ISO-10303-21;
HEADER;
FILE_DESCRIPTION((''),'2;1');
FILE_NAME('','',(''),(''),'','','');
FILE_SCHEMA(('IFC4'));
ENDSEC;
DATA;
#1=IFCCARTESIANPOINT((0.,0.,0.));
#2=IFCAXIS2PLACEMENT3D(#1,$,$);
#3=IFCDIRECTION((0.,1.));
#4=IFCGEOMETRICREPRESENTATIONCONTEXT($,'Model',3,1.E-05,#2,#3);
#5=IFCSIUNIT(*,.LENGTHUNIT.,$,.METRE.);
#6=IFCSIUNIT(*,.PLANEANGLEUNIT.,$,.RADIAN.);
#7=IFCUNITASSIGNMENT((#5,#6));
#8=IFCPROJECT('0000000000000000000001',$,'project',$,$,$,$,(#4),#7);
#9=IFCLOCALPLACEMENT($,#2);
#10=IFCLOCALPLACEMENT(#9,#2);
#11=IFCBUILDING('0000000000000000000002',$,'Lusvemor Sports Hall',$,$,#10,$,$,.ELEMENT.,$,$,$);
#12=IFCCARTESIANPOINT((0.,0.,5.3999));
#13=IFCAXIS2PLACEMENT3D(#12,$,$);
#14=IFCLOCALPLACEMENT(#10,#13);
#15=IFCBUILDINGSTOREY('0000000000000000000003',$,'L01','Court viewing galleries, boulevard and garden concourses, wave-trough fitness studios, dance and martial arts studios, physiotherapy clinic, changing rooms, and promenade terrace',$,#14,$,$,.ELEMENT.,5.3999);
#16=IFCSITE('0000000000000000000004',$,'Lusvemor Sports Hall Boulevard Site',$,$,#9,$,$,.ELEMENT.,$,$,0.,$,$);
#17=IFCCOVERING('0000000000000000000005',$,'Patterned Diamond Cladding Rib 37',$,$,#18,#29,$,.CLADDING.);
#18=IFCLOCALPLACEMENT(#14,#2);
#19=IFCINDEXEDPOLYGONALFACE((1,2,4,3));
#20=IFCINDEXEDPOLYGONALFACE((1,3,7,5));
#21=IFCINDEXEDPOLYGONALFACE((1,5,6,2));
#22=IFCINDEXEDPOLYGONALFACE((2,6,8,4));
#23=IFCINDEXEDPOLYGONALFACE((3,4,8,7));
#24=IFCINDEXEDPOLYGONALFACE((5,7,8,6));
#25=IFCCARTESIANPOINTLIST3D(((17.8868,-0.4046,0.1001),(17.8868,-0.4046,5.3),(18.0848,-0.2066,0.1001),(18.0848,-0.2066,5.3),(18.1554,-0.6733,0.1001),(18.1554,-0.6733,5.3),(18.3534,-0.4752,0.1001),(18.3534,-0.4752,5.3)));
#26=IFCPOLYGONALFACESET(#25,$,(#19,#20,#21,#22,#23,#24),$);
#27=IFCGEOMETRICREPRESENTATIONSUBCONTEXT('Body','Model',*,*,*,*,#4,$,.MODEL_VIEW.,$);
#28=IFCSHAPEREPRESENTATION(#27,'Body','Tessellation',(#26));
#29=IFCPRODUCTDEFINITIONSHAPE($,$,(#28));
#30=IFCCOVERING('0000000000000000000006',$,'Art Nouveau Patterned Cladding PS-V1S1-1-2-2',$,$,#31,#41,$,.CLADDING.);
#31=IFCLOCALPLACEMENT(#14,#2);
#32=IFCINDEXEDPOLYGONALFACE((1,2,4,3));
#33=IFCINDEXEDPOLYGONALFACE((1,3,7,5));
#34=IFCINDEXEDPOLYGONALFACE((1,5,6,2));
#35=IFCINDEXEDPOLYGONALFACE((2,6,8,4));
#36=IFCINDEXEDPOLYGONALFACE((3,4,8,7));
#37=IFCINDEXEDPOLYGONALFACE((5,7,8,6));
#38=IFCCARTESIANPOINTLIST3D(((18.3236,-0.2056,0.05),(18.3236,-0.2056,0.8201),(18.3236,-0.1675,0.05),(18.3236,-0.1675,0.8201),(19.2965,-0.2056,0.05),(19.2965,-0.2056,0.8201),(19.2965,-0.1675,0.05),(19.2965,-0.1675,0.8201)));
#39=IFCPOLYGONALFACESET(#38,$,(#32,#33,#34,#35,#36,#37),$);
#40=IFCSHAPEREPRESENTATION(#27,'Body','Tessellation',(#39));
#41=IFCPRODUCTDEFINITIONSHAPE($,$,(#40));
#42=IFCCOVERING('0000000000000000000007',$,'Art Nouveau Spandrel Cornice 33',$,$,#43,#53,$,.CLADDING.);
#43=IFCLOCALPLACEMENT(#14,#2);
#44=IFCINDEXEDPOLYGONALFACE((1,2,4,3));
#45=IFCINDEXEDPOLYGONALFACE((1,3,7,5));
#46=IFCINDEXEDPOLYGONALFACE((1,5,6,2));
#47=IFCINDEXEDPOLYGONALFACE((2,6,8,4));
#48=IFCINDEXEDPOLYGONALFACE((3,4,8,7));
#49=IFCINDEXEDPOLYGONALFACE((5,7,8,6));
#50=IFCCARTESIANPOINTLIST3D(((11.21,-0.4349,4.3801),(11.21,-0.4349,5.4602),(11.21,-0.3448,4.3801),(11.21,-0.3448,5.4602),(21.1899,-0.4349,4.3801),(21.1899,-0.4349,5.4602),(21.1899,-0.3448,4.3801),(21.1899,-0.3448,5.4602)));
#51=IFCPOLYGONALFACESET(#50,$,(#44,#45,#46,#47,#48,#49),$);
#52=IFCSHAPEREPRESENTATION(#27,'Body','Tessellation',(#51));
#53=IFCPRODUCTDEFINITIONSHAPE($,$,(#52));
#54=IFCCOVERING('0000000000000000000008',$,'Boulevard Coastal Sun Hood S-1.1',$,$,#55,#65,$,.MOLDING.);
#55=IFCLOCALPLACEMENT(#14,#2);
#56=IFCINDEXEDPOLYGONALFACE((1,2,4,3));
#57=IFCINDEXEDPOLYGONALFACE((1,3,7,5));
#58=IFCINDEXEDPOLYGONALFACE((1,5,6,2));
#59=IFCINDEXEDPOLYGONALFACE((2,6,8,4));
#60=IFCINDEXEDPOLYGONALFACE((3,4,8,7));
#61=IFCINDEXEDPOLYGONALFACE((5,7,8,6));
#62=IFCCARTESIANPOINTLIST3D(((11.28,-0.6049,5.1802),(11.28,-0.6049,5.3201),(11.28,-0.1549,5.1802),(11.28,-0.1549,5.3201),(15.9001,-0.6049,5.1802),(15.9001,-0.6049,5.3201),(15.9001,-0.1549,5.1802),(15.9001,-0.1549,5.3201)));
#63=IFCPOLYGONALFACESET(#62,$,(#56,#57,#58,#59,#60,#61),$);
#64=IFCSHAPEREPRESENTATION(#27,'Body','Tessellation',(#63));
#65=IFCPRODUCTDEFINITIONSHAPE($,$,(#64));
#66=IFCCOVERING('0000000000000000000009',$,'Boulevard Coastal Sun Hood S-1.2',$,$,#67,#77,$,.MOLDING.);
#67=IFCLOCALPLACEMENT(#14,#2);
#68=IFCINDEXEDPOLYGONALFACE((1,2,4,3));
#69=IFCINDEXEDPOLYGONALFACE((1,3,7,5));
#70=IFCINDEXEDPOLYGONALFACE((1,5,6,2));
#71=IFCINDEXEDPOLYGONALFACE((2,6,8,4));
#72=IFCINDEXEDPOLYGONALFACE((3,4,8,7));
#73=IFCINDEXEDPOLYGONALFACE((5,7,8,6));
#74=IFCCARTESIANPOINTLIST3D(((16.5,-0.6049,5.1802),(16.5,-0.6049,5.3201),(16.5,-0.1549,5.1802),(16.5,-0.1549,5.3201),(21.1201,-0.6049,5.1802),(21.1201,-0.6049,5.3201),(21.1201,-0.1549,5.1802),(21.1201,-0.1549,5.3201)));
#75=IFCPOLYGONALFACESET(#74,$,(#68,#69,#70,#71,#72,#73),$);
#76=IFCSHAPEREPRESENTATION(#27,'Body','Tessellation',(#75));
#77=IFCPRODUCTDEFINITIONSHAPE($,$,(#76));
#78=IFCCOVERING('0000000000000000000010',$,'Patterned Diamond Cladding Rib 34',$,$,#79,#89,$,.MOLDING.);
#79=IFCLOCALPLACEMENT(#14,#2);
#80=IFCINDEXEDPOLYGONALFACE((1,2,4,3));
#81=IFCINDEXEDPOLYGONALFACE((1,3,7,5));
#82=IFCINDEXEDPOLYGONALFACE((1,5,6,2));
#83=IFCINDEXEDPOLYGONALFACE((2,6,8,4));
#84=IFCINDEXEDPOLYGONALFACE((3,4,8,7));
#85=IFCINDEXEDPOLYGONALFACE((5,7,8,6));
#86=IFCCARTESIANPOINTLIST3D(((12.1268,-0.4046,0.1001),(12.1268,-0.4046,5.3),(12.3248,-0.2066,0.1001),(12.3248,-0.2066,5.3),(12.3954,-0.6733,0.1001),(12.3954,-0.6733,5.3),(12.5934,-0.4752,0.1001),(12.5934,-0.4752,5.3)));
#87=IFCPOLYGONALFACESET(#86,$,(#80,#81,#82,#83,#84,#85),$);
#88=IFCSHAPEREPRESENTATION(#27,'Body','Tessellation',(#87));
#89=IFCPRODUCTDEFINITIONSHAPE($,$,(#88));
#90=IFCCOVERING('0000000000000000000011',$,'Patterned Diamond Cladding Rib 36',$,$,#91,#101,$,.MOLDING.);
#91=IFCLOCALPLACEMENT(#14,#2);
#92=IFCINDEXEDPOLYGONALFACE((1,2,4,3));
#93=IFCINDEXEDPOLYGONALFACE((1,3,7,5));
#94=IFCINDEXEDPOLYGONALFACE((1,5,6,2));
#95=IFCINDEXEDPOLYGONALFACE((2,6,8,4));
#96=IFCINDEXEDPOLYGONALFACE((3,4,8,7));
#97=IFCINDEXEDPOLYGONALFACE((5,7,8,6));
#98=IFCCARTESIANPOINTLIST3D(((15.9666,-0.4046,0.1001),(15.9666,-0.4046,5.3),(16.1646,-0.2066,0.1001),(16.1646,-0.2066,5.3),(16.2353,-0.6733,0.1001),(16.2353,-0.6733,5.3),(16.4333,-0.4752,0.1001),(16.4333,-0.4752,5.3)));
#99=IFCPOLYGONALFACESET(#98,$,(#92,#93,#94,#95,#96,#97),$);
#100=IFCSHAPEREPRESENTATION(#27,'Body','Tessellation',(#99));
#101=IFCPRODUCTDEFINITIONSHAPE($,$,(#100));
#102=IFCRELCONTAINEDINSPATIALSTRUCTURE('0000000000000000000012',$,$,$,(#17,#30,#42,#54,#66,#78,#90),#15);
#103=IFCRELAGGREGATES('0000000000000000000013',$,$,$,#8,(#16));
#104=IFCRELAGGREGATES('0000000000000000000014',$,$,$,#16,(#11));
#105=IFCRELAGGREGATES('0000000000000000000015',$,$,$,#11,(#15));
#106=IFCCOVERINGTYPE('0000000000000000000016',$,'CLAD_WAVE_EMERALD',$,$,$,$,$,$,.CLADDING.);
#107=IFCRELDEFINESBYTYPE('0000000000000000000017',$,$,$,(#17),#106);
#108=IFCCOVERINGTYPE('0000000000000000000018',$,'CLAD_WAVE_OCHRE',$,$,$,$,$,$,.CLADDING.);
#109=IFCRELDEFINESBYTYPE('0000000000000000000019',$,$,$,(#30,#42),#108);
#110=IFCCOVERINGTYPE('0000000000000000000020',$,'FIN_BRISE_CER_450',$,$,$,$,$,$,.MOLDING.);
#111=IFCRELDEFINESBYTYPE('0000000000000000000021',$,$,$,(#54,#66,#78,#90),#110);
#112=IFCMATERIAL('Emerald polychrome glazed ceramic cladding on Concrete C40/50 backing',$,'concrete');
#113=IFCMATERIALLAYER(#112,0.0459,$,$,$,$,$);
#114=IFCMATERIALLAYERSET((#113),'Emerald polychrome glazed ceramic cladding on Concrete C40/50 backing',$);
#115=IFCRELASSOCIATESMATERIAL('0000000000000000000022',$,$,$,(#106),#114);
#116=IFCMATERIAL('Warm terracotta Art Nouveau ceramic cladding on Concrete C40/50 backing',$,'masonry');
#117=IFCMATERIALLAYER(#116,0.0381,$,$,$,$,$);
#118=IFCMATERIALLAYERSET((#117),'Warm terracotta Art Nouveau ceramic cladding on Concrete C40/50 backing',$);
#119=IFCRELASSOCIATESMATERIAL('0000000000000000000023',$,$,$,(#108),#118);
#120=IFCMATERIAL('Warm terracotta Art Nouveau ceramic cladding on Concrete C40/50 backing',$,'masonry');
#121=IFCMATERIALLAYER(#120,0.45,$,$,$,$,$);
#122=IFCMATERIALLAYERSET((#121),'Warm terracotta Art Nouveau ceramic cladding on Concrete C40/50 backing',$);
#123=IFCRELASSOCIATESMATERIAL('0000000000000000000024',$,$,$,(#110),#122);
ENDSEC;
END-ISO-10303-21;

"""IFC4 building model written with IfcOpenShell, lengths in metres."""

from ifc_helpers import new_model, si_unit, direction, frame, origin, origin_2d, place, context, subcontext, project, spatial, rectangle, extrude, material, layer, layer_set, type_object, element, save


model = new_model("IFC4")

# Units and contexts
model_context = context("Model", 3, precision=1e-05, world=origin(), true_north=direction((0.0, 1.0)))
body_context = subcontext(model_context, "Body", "Model", "MODEL_VIEW")
ifc_project = project(units=[si_unit("LENGTHUNIT", "METRE"), si_unit("PLANEANGLEUNIT", "RADIAN")], contexts=[model_context])

# Site, building, storey
site_placement = place(None, origin())
site = spatial("IfcSite", under=ifc_project, at=site_placement, Name="Lusvemor Sports Hall Boulevard Site", CompositionType="ELEMENT", RefElevation=0.0)
building_placement = place(site_placement, origin())
building = spatial("IfcBuilding", under=site, at=building_placement, Name="Lusvemor Sports Hall", CompositionType="ELEMENT")
storey_placement = place(building_placement, frame((0.0, 0.0, 5.3999)))
storey = spatial("IfcBuildingStorey", under=building, at=storey_placement, Name="L01", Description="Court viewing galleries, boulevard and garden concourses, wave-trough fitness studios, dance and martial arts studios, physiotherapy clinic, changing rooms, and promenade terrace", CompositionType="ELEMENT", Elevation=5.3999)

# Coverings
ifc_material_1 = material(Name="Emerald polychrome glazed ceramic cladding on Concrete C40/50 backing", Category="concrete")
ifc_layer_1 = layer(ifc_material_1, 0.0459)
ifc_layer_set_1 = layer_set([ifc_layer_1], Name="Emerald polychrome glazed ceramic cladding on Concrete C40/50 backing")
covering_type_1 = type_object("IfcCoveringType", Name="CLAD_WAVE_EMERALD", PredefinedType="CLADDING", material=ifc_layer_set_1)
for number, where, z_axis, x_axis, name in (
    (1, (18.1201, -0.4399, 0.1001), (0.0, 0.0, 1.0), (0.707107, 0.707107, 0.0), "Patterned Diamond Cladding Rib 37"),
):
    element("IfcCovering", number, at=place(storey_placement, frame(where, z_axis=z_axis, x_axis=x_axis)), inside=storey, type_object=covering_type_1, Name=name, PredefinedType="CLADDING", context=body_context, shape_type="SweptSolid", body=[
        extrude(rectangle(XDim=0.28, YDim=0.3799, at=origin_2d()), origin(), (0.0, 0.0, 1.0), 5.2),
    ])
ifc_material_2 = material(Name="Warm terracotta Art Nouveau ceramic cladding on Concrete C40/50 backing", Category="masonry")
ifc_layer_2 = layer(ifc_material_2, 0.0381)
ifc_layer_set_2 = layer_set([ifc_layer_2], Name="Warm terracotta Art Nouveau ceramic cladding on Concrete C40/50 backing")
covering_type_2 = type_object("IfcCoveringType", Name="CLAD_WAVE_OCHRE", PredefinedType="CLADDING", material=ifc_layer_set_2)
covering_1_placement = place(storey_placement, frame((18.8101, -0.1865, 0.05), z_axis=(0.0, 0.0, 1.0), x_axis=(1.0, 0.0, 0.0)))
element("IfcCovering", 2, at=covering_1_placement, inside=storey, type_object=covering_type_2, Name="Art Nouveau Patterned Cladding PS-V1S1-1-2-2", PredefinedType="CLADDING", context=body_context, shape_type="SweptSolid", body=[
    extrude(rectangle(XDim=0.9729, YDim=0.0381, at=origin_2d()), origin(), (0.0, 0.0, 1.0), 0.77),
])
covering_2_placement = place(storey_placement, frame((16.2, -0.3899, 4.3801), z_axis=(0.0, 0.0, 1.0), x_axis=(1.0, 0.0, 0.0)))
element("IfcCovering", 3, at=covering_2_placement, inside=storey, type_object=covering_type_2, Name="Art Nouveau Spandrel Cornice 33", PredefinedType="CLADDING", context=body_context, shape_type="SweptSolid", body=[
    extrude(rectangle(XDim=9.98, YDim=0.0901, at=origin_2d()), origin(), (0.0, 0.0, 1.0), 1.0801),
])
ifc_material_3 = material(Name="Warm terracotta Art Nouveau ceramic cladding on Concrete C40/50 backing", Category="masonry")
ifc_layer_3 = layer(ifc_material_3, 0.45)
ifc_layer_set_3 = layer_set([ifc_layer_3], Name="Warm terracotta Art Nouveau ceramic cladding on Concrete C40/50 backing")
covering_type_3 = type_object("IfcCoveringType", Name="FIN_BRISE_CER_450", PredefinedType="MOLDING", material=ifc_layer_set_3)
for number, where, z_axis, x_axis, name in (
    (4, (13.5901, -0.3799, 5.1802), (0.0, 0.0, 1.0), (1.0, 0.0, 0.0), "Boulevard Coastal Sun Hood S-1.1"),
    (5, (18.8101, -0.3799, 5.1802), (0.0, 0.0, 1.0), (1.0, 0.0, 0.0), "Boulevard Coastal Sun Hood S-1.2"),
):
    element("IfcCovering", number, at=place(storey_placement, frame(where, z_axis=z_axis, x_axis=x_axis)), inside=storey, type_object=covering_type_3, Name=name, PredefinedType="MOLDING", context=body_context, shape_type="SweptSolid", body=[
        extrude(rectangle(XDim=4.6201, YDim=0.45, at=origin_2d()), origin(), (0.0, 0.0, 1.0), 0.1399),
    ])
for number, where, z_axis, x_axis, name in (
    (6, (12.3601, -0.4399, 0.1001), (0.0, 0.0, 1.0), (0.707107, 0.707107, 0.0), "Patterned Diamond Cladding Rib 34"),
    (7, (16.2, -0.4399, 0.1001), (0.0, 0.0, 1.0), (0.707107, 0.707107, 0.0), "Patterned Diamond Cladding Rib 36"),
):
    element("IfcCovering", number, at=place(storey_placement, frame(where, z_axis=z_axis, x_axis=x_axis)), inside=storey, type_object=covering_type_3, Name=name, PredefinedType="MOLDING", context=body_context, shape_type="SweptSolid", body=[
        extrude(rectangle(XDim=0.28, YDim=0.3799, at=origin_2d()), origin(), (0.0, 0.0, 1.0), 5.2),
    ])

save(model, "model.ifc")
